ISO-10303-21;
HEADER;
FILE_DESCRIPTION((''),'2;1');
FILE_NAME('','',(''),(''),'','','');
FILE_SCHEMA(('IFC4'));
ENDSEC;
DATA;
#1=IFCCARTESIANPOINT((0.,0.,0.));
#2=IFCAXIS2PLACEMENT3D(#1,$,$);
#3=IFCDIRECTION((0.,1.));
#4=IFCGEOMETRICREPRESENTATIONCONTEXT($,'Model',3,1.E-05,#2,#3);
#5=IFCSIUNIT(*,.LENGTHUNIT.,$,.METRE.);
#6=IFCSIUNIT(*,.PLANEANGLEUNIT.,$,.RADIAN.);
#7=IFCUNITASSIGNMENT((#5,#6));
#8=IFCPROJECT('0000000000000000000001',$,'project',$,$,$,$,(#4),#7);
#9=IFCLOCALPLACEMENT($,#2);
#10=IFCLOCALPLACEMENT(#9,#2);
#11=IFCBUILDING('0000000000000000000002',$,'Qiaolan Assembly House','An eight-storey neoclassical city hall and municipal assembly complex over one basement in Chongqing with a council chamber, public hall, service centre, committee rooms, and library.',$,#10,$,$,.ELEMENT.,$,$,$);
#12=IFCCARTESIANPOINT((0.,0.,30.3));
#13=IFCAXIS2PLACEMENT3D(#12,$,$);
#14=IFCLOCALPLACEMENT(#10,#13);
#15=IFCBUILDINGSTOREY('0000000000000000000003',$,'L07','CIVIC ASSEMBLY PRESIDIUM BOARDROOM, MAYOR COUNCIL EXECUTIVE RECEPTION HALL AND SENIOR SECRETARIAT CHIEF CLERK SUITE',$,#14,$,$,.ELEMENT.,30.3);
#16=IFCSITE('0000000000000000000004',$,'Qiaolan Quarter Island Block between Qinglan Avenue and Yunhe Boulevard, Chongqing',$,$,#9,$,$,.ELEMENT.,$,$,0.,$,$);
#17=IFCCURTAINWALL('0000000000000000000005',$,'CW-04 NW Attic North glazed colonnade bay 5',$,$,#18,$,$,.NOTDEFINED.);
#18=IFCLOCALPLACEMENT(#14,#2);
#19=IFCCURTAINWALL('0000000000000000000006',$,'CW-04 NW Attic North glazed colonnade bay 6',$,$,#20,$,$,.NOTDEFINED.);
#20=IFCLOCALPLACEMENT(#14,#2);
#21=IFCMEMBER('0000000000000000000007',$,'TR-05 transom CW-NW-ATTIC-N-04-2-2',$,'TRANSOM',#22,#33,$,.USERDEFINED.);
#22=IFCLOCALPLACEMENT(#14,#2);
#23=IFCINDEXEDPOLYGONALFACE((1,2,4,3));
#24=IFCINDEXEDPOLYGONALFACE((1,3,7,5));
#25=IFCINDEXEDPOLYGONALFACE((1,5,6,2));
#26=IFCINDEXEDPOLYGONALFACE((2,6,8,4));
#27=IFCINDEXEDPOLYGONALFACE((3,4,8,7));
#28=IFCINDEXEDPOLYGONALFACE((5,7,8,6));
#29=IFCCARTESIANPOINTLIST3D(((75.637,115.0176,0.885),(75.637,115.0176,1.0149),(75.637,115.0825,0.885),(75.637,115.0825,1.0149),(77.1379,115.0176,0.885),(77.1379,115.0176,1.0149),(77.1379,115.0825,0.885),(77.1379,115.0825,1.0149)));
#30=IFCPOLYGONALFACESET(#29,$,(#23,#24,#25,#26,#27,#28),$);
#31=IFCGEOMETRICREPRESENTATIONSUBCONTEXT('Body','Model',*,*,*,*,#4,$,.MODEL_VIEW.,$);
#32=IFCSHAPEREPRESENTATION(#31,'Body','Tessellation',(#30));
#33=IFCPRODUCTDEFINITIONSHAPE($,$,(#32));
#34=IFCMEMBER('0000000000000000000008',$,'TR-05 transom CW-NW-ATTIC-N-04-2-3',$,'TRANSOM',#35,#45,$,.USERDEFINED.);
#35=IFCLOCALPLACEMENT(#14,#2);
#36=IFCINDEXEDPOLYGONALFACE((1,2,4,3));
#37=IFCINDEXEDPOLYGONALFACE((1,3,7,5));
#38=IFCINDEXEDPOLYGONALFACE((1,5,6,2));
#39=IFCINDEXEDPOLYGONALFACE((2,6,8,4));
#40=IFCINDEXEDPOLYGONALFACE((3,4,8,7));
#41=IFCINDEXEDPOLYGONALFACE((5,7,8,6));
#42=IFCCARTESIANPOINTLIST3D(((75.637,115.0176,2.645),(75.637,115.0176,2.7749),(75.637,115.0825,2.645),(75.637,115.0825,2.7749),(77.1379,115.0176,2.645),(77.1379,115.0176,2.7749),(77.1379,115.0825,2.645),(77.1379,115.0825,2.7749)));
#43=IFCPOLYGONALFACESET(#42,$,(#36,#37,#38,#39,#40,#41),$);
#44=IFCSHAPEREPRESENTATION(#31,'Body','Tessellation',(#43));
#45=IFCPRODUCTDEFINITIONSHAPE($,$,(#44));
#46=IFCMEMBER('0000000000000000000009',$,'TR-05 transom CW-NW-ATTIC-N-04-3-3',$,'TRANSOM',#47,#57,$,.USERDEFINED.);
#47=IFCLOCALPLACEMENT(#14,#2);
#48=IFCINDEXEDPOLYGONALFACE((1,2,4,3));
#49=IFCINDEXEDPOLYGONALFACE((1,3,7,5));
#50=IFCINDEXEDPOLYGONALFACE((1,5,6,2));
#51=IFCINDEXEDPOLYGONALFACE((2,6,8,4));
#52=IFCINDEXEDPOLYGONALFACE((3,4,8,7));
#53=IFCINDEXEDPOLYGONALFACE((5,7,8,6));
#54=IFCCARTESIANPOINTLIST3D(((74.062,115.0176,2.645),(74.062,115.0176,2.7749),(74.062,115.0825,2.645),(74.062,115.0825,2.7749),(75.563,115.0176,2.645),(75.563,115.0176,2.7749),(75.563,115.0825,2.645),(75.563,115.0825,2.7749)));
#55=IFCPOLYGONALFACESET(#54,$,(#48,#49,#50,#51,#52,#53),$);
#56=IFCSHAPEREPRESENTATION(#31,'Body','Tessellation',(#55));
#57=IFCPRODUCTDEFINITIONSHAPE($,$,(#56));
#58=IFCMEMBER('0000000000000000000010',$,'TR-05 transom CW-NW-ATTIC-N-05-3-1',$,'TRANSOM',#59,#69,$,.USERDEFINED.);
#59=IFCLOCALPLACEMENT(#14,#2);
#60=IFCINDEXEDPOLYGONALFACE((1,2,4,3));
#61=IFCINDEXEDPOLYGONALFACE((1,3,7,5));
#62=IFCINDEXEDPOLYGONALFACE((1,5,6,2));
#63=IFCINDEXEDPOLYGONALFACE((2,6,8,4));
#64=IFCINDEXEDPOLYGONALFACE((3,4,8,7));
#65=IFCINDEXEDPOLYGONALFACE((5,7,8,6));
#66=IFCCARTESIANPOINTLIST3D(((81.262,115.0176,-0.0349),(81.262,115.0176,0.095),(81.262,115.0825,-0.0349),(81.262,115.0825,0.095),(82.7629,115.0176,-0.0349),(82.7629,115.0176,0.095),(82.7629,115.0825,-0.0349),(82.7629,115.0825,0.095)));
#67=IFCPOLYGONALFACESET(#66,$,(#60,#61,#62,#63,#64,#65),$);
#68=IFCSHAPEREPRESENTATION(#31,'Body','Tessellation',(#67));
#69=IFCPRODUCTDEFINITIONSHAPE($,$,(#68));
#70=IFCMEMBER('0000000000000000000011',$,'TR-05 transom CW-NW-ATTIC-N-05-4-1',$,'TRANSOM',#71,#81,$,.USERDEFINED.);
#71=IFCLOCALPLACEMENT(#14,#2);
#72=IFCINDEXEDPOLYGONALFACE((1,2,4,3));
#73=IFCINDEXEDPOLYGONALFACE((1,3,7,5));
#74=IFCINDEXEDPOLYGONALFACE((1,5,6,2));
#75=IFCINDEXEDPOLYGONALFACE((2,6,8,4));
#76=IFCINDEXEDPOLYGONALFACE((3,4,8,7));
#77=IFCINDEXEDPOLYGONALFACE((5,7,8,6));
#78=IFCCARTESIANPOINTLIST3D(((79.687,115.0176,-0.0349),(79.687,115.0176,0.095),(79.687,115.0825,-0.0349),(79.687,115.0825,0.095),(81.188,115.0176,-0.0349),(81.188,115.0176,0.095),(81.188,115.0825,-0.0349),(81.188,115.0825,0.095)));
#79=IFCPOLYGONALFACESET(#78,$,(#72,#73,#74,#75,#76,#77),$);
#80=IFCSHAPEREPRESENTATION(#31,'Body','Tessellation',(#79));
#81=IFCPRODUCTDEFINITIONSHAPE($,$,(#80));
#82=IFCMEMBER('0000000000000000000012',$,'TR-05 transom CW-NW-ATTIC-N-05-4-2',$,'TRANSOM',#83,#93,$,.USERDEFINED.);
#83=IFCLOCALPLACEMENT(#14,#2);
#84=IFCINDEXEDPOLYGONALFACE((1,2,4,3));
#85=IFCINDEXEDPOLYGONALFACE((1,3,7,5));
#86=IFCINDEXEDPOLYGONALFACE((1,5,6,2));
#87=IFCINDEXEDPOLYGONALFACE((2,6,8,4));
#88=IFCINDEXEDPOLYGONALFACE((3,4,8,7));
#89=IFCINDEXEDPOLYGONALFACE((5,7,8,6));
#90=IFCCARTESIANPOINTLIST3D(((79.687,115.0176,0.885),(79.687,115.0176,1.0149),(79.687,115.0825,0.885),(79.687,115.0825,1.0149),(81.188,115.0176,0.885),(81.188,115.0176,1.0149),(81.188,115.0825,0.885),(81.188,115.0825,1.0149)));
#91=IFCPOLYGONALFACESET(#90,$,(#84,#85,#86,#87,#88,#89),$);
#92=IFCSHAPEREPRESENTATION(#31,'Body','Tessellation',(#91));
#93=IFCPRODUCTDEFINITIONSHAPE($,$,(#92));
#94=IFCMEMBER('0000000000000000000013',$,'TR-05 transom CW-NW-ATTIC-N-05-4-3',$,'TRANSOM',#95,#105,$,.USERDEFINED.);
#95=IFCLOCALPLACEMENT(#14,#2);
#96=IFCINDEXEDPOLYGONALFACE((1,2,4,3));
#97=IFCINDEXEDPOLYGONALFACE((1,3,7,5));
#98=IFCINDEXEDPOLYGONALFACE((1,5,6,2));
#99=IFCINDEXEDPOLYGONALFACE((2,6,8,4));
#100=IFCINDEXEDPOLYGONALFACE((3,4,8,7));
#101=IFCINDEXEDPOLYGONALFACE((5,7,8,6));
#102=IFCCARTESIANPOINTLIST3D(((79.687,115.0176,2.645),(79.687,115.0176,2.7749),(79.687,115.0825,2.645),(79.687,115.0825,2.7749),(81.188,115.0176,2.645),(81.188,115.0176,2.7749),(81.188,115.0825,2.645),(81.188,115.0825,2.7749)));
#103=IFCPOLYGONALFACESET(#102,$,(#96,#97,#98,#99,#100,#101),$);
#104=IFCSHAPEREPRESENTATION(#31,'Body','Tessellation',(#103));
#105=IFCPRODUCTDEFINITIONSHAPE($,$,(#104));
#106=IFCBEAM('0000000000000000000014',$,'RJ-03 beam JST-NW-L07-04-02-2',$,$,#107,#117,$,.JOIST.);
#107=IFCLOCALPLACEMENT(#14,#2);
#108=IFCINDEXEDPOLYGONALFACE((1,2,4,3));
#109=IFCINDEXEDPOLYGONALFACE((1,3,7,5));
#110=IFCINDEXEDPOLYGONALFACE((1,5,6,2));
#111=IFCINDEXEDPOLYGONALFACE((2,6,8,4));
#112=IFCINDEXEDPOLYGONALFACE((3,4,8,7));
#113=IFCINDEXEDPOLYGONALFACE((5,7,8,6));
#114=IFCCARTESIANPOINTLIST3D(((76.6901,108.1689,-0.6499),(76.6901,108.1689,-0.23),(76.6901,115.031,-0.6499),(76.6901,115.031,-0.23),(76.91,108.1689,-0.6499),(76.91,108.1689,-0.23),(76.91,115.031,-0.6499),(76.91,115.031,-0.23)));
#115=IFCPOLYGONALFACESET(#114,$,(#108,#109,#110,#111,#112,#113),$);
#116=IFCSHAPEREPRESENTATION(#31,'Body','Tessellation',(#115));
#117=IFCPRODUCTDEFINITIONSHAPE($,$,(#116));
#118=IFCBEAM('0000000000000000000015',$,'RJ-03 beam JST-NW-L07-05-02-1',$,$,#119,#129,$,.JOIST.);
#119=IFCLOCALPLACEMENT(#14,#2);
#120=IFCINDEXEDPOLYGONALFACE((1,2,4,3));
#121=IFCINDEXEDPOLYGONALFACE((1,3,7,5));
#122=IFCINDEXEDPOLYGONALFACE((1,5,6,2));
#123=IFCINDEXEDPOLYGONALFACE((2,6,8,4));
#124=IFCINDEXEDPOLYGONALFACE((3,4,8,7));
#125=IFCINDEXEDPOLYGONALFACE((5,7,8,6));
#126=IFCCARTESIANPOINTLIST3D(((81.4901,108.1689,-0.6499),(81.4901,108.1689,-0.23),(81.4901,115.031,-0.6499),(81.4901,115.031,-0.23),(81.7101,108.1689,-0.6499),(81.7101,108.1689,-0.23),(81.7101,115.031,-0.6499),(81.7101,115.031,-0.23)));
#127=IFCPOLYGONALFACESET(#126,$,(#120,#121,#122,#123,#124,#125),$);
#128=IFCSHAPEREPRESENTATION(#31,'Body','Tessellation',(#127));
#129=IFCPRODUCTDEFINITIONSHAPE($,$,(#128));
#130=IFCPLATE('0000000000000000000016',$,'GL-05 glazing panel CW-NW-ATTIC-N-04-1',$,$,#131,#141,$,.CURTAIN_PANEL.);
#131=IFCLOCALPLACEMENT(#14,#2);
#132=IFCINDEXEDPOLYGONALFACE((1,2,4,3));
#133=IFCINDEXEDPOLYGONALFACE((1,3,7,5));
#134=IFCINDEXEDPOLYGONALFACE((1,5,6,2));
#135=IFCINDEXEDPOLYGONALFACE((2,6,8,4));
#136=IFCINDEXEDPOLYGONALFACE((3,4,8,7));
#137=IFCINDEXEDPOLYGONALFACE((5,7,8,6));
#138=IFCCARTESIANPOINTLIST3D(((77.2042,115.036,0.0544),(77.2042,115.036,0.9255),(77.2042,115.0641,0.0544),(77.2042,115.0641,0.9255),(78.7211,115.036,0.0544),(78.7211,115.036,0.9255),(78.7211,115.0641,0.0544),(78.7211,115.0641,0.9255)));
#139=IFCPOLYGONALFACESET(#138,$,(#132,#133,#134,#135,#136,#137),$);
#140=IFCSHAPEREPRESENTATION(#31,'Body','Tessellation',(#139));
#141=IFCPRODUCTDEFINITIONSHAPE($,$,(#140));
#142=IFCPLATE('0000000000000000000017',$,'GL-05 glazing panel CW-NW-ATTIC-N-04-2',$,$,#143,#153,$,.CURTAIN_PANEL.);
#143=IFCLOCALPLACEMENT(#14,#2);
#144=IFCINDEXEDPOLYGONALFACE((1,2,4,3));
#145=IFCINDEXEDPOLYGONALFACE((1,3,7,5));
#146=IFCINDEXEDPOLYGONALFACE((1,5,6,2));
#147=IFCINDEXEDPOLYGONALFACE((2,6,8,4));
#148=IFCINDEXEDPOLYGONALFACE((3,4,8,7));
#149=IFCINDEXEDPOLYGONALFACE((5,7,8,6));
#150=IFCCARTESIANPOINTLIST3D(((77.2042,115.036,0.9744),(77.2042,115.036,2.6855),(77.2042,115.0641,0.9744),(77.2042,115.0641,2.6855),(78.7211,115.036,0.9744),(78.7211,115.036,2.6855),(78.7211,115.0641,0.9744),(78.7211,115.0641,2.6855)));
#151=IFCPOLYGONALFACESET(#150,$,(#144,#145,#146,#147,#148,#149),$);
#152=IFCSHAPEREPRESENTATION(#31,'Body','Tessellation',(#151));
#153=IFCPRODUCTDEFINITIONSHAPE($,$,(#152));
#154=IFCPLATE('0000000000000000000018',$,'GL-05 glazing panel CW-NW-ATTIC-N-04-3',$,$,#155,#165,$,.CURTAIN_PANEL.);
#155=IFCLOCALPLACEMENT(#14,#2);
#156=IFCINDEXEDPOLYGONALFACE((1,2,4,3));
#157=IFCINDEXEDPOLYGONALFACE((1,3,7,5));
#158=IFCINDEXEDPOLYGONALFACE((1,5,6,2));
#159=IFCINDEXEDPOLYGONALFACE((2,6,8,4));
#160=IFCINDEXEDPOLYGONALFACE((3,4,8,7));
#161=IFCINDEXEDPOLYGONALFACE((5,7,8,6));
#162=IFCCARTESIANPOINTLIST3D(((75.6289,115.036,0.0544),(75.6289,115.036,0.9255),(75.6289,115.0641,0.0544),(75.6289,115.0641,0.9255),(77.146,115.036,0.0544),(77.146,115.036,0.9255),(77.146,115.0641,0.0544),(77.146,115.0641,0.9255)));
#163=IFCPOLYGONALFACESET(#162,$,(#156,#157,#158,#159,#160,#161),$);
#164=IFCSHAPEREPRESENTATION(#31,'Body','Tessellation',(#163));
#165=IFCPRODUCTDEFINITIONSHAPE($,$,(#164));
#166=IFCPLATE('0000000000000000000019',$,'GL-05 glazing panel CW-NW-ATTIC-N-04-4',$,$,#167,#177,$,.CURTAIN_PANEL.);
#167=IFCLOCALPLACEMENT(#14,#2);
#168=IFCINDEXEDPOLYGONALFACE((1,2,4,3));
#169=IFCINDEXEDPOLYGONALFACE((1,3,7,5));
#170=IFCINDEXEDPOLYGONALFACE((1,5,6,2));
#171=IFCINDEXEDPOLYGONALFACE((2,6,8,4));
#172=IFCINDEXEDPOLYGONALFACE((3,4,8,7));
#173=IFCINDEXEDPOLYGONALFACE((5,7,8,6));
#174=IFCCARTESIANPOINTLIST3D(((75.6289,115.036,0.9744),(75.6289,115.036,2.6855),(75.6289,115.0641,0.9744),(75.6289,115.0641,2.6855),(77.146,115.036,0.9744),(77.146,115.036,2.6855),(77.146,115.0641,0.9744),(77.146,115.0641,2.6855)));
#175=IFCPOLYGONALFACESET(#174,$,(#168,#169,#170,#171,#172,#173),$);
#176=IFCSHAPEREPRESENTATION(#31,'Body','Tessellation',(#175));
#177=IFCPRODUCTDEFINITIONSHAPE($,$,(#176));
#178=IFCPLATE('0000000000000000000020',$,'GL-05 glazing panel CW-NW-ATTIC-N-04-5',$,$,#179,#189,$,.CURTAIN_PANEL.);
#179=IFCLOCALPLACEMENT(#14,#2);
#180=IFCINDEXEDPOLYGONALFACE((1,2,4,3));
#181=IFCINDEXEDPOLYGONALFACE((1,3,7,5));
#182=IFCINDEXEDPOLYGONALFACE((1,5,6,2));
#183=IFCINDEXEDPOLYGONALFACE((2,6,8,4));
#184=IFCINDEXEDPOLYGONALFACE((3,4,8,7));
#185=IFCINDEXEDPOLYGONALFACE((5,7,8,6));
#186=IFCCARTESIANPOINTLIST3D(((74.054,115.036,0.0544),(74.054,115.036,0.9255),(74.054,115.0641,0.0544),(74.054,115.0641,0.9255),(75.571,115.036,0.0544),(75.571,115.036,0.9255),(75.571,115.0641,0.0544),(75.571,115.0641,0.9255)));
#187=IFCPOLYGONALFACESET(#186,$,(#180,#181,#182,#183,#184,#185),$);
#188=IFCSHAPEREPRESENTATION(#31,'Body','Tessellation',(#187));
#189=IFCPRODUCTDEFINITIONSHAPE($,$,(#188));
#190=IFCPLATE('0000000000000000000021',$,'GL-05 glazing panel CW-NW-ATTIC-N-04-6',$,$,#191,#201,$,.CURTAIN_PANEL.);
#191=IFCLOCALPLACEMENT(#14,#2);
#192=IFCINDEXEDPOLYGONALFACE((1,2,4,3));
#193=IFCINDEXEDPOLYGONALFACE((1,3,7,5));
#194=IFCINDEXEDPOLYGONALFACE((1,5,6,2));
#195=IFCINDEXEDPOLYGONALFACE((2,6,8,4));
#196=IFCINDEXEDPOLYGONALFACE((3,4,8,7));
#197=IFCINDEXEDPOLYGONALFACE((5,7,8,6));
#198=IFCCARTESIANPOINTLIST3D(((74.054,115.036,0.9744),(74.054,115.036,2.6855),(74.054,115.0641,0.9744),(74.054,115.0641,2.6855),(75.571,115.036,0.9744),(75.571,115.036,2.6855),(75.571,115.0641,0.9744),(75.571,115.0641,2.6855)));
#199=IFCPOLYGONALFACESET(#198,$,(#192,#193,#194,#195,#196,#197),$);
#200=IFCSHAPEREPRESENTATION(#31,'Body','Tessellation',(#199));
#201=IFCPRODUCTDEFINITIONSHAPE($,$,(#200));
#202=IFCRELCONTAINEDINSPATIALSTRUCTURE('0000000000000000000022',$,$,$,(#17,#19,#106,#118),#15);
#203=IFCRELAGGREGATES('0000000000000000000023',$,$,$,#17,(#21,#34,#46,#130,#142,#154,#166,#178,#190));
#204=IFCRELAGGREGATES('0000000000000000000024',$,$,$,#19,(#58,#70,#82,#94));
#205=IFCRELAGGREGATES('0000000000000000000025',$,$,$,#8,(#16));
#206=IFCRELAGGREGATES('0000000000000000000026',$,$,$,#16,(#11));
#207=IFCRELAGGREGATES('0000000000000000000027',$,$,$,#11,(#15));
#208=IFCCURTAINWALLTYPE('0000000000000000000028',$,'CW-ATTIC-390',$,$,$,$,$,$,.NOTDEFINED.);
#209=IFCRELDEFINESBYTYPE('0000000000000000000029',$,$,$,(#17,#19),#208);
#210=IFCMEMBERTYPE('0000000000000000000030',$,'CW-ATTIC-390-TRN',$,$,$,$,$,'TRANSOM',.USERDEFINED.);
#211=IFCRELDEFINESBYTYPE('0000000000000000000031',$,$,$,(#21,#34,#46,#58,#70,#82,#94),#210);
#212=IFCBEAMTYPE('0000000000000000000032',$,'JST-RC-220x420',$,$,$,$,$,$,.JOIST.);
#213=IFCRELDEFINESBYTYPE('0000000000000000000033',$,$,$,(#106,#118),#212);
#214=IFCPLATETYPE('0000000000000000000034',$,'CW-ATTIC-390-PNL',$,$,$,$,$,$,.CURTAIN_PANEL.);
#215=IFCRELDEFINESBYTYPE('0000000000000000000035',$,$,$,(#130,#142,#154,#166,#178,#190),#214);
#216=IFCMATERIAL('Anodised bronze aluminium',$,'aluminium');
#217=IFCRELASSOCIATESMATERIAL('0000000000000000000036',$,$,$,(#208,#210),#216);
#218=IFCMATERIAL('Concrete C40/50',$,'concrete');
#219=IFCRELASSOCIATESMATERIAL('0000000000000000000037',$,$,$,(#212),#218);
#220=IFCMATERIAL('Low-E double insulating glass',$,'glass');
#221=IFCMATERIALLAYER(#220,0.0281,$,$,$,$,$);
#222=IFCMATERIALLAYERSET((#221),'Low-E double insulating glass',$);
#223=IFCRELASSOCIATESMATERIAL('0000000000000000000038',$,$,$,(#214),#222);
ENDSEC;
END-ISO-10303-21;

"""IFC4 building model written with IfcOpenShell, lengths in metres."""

from ifc_helpers import new_model, si_unit, direction, frame, frame_2d, origin, origin_2d, place, context, subcontext, project, spatial, rectangle, extrude, material, layer, layer_set, material_profile, profile_set, type_object, element, aggregate, save


model = new_model("IFC4")

# Units and contexts
model_context = context("Model", 3, precision=1e-05, world=origin(), true_north=direction((0.0, 1.0)))
body_context = subcontext(model_context, "Body", "Model", "MODEL_VIEW")
ifc_project = project(units=[si_unit("LENGTHUNIT", "METRE"), si_unit("PLANEANGLEUNIT", "RADIAN")], contexts=[model_context])

# Site, building, storey
site_placement = place(None, origin())
site = spatial("IfcSite", under=ifc_project, at=site_placement, Name="Qiaolan Quarter Island Block between Qinglan Avenue and Yunhe Boulevard, Chongqing", CompositionType="ELEMENT", RefElevation=0.0)
building_placement = place(site_placement, origin())
building = spatial("IfcBuilding", under=site, at=building_placement, Name="Qiaolan Assembly House", Description="An eight-storey neoclassical city hall and municipal assembly complex over one basement in Chongqing with a council chamber, public hall, service centre, committee rooms, and library.", CompositionType="ELEMENT")
storey_placement = place(building_placement, frame((0.0, 0.0, 30.3)))
storey = spatial("IfcBuildingStorey", under=building, at=storey_placement, Name="L07", Description="CIVIC ASSEMBLY PRESIDIUM BOARDROOM, MAYOR COUNCIL EXECUTIVE RECEPTION HALL AND SENIOR SECRETARIAT CHIEF CLERK SUITE", CompositionType="ELEMENT", Elevation=30.3)

# Shared definitions
ifc_material_1 = material(Name="Concrete C40/50", Category="concrete")

# Curtain walls
ifc_material_2 = material(Name="Anodised bronze aluminium", Category="aluminium")
curtain_wall_type = type_object("IfcCurtainWallType", Name="CW-ATTIC-390", PredefinedType="NOTDEFINED", material=ifc_material_2)
curtain_wall_1_placement = place(storey_placement, origin())
curtain_wall_1 = element("IfcCurtainWall", 1, at=curtain_wall_1_placement, inside=storey, type_object=curtain_wall_type, Name="CW-04 NW Attic North glazed colonnade bay 5", PredefinedType="NOTDEFINED")
curtain_wall_2_placement = place(storey_placement, origin())
curtain_wall_2 = element("IfcCurtainWall", 2, at=curtain_wall_2_placement, inside=storey, type_object=curtain_wall_type, Name="CW-04 NW Attic North glazed colonnade bay 6", PredefinedType="NOTDEFINED")

# Members
ifc_material_profile_1 = material_profile(ifc_material_2, rectangle(XDim=0.0649, YDim=0.1299, at=origin_2d()), Name="TRN 65x130")
ifc_profile_set_1 = profile_set([ifc_material_profile_1], Name="Anodised bronze aluminium")
member_type_1 = type_object("IfcMemberType", Name="CW-ATTIC-390-TRN", ElementType="TRANSOM", PredefinedType="USERDEFINED", material=ifc_profile_set_1)
member_1_placement = place(storey_placement, frame((77.1379, 115.05, 0.95), z_axis=(-1.0, 0.0, 0.0), x_axis=(0.0, -1.0, 0.0)))
member_1 = element("IfcMember", 3, at=member_1_placement, type_object=member_type_1, Name="TR-05 transom CW-NW-ATTIC-N-04-2-2", ObjectType="TRANSOM", PredefinedType="USERDEFINED", context=body_context, shape_type="SweptSolid", body=[
    extrude(rectangle(XDim=0.0649, YDim=0.1299, at=origin_2d()), origin(), (0.0, 0.0, 1.0), 1.501),
])
member_2_placement = place(storey_placement, frame((77.1379, 115.05, 2.71), z_axis=(-1.0, 0.0, 0.0), x_axis=(0.0, -1.0, 0.0)))
member_2 = element("IfcMember", 4, at=member_2_placement, type_object=member_type_1, Name="TR-05 transom CW-NW-ATTIC-N-04-2-3", ObjectType="TRANSOM", PredefinedType="USERDEFINED", context=body_context, shape_type="SweptSolid", body=[
    extrude(rectangle(XDim=0.0649, YDim=0.1299, at=origin_2d()), origin(), (0.0, 0.0, 1.0), 1.501),
])
member_3_placement = place(storey_placement, frame((75.563, 115.05, 2.71), z_axis=(-1.0, 0.0, 0.0), x_axis=(0.0, -1.0, 0.0)))
member_3 = element("IfcMember", 5, at=member_3_placement, type_object=member_type_1, Name="TR-05 transom CW-NW-ATTIC-N-04-3-3", ObjectType="TRANSOM", PredefinedType="USERDEFINED", context=body_context, shape_type="SweptSolid", body=[
    extrude(rectangle(XDim=0.0649, YDim=0.1299, at=origin_2d()), origin(), (0.0, 0.0, 1.0), 1.501),
])
member_4_placement = place(storey_placement, frame((82.7629, 115.05, 0.03), z_axis=(-1.0, 0.0, 0.0), x_axis=(0.0, -1.0, 0.0)))
member_4 = element("IfcMember", 6, at=member_4_placement, type_object=member_type_1, Name="TR-05 transom CW-NW-ATTIC-N-05-3-1", ObjectType="TRANSOM", PredefinedType="USERDEFINED", context=body_context, shape_type="SweptSolid", body=[
    extrude(rectangle(XDim=0.0649, YDim=0.1299, at=origin_2d()), origin(), (0.0, 0.0, 1.0), 1.501),
])
member_5_placement = place(storey_placement, frame((81.188, 115.05, 0.03), z_axis=(-1.0, 0.0, 0.0), x_axis=(0.0, -1.0, 0.0)))
member_5 = element("IfcMember", 7, at=member_5_placement, type_object=member_type_1, Name="TR-05 transom CW-NW-ATTIC-N-05-4-1", ObjectType="TRANSOM", PredefinedType="USERDEFINED", context=body_context, shape_type="SweptSolid", body=[
    extrude(rectangle(XDim=0.0649, YDim=0.1299, at=origin_2d()), origin(), (0.0, 0.0, 1.0), 1.501),
])
member_6_placement = place(storey_placement, frame((81.188, 115.05, 0.95), z_axis=(-1.0, 0.0, 0.0), x_axis=(0.0, -1.0, 0.0)))
member_6 = element("IfcMember", 8, at=member_6_placement, type_object=member_type_1, Name="TR-05 transom CW-NW-ATTIC-N-05-4-2", ObjectType="TRANSOM", PredefinedType="USERDEFINED", context=body_context, shape_type="SweptSolid", body=[
    extrude(rectangle(XDim=0.0649, YDim=0.1299, at=origin_2d()), origin(), (0.0, 0.0, 1.0), 1.501),
])
member_7_placement = place(storey_placement, frame((81.188, 115.05, 2.71), z_axis=(-1.0, 0.0, 0.0), x_axis=(0.0, -1.0, 0.0)))
member_7 = element("IfcMember", 9, at=member_7_placement, type_object=member_type_1, Name="TR-05 transom CW-NW-ATTIC-N-05-4-3", ObjectType="TRANSOM", PredefinedType="USERDEFINED", context=body_context, shape_type="SweptSolid", body=[
    extrude(rectangle(XDim=0.0649, YDim=0.1299, at=origin_2d()), origin(), (0.0, 0.0, 1.0), 1.501),
])

# Beams
ifc_material_profile_2 = material_profile(ifc_material_1, rectangle(XDim=0.22, YDim=0.4199, at=origin_2d()), Name="RCB 220x420")
ifc_profile_set_2 = profile_set([ifc_material_profile_2], Name="Concrete C40/50")
beam_type_1 = type_object("IfcBeamType", Name="JST-RC-220x420", PredefinedType="JOIST", material=ifc_profile_set_2)
for number, where, z_axis, x_axis, name in (
    (10, (76.8, 108.1689, -0.4399), (0.0, 1.0, 0.0), (-1.0, 0.0, 0.0), "RJ-03 beam JST-NW-L07-04-02-2"),
    (11, (81.6001, 108.1689, -0.4399), (0.0, 1.0, 0.0), (-1.0, 0.0, 0.0), "RJ-03 beam JST-NW-L07-05-02-1"),
):
    element("IfcBeam", number, at=place(storey_placement, frame(where, z_axis=z_axis, x_axis=x_axis)), inside=storey, type_object=beam_type_1, Name=name, PredefinedType="JOIST", context=body_context, shape_type="SweptSolid", body=[
        extrude(rectangle(XDim=0.22, YDim=0.4199, at=origin_2d()), origin(), (0.0, 0.0, 1.0), 6.8621),
    ])

# Plates
ifc_material_3 = material(Name="Low-E double insulating glass", Category="glass")
ifc_layer = layer(ifc_material_3, 0.0281)
ifc_layer_set = layer_set([ifc_layer], Name="Low-E double insulating glass")
plate_type = type_object("IfcPlateType", Name="CW-ATTIC-390-PNL", PredefinedType="CURTAIN_PANEL", material=ifc_layer_set)
plate_1_placement = place(storey_placement, frame((78.7209, 115.05, 0.0544), z_axis=(0.0, 0.0, 1.0), x_axis=(-1.0, 0.0, 0.0)))
plate_1 = element("IfcPlate", 12, at=plate_1_placement, type_object=plate_type, Name="GL-05 glazing panel CW-NW-ATTIC-N-04-1", PredefinedType="CURTAIN_PANEL", context=body_context, shape_type="SweptSolid", body=[
    extrude(rectangle(XDim=1.5168, YDim=0.0281, at=frame_2d((0.7583, 0.0))), origin(), (0.0, 0.0, 1.0), 0.8711),
])
plate_2_placement = place(storey_placement, frame((78.7209, 115.05, 0.9744), z_axis=(0.0, 0.0, 1.0), x_axis=(-1.0, 0.0, 0.0)))
plate_2 = element("IfcPlate", 13, at=plate_2_placement, type_object=plate_type, Name="GL-05 glazing panel CW-NW-ATTIC-N-04-2", PredefinedType="CURTAIN_PANEL", context=body_context, shape_type="SweptSolid", body=[
    extrude(rectangle(XDim=1.5168, YDim=0.0281, at=frame_2d((0.7583, 0.0))), origin(), (0.0, 0.0, 1.0), 1.7112),
])
plate_3_placement = place(storey_placement, frame((77.146, 115.05, 0.0544), z_axis=(0.0, 0.0, 1.0), x_axis=(-1.0, 0.0, 0.0)))
plate_3 = element("IfcPlate", 14, at=plate_3_placement, type_object=plate_type, Name="GL-05 glazing panel CW-NW-ATTIC-N-04-3", PredefinedType="CURTAIN_PANEL", context=body_context, shape_type="SweptSolid", body=[
    extrude(rectangle(XDim=1.5171, YDim=0.0281, at=frame_2d((0.7585, 0.0))), origin(), (0.0, 0.0, 1.0), 0.8711),
])
plate_4_placement = place(storey_placement, frame((77.146, 115.05, 0.9744), z_axis=(0.0, 0.0, 1.0), x_axis=(-1.0, 0.0, 0.0)))
plate_4 = element("IfcPlate", 15, at=plate_4_placement, type_object=plate_type, Name="GL-05 glazing panel CW-NW-ATTIC-N-04-4", PredefinedType="CURTAIN_PANEL", context=body_context, shape_type="SweptSolid", body=[
    extrude(rectangle(XDim=1.5171, YDim=0.0281, at=frame_2d((0.7585, 0.0))), origin(), (0.0, 0.0, 1.0), 1.7112),
])
plate_5_placement = place(storey_placement, frame((75.571, 115.05, 0.0544), z_axis=(0.0, 0.0, 1.0), x_axis=(-1.0, 0.0, 0.0)))
plate_5 = element("IfcPlate", 16, at=plate_5_placement, type_object=plate_type, Name="GL-05 glazing panel CW-NW-ATTIC-N-04-5", PredefinedType="CURTAIN_PANEL", context=body_context, shape_type="SweptSolid", body=[
    extrude(rectangle(XDim=1.5171, YDim=0.0281, at=frame_2d((0.7585, 0.0))), origin(), (0.0, 0.0, 1.0), 0.8711),
])
plate_6_placement = place(storey_placement, frame((75.571, 115.05, 0.9744), z_axis=(0.0, 0.0, 1.0), x_axis=(-1.0, 0.0, 0.0)))
plate_6 = element("IfcPlate", 17, at=plate_6_placement, type_object=plate_type, Name="GL-05 glazing panel CW-NW-ATTIC-N-04-6", PredefinedType="CURTAIN_PANEL", context=body_context, shape_type="SweptSolid", body=[
    extrude(rectangle(XDim=1.5171, YDim=0.0281, at=frame_2d((0.7585, 0.0))), origin(), (0.0, 0.0, 1.0), 1.7112),
])
aggregate(curtain_wall_1, [member_1, member_2, member_3, plate_1, plate_2, plate_3, plate_4, plate_5, plate_6])
aggregate(curtain_wall_2, [member_4, member_5, member_6, member_7])

save(model, "model.ifc")
